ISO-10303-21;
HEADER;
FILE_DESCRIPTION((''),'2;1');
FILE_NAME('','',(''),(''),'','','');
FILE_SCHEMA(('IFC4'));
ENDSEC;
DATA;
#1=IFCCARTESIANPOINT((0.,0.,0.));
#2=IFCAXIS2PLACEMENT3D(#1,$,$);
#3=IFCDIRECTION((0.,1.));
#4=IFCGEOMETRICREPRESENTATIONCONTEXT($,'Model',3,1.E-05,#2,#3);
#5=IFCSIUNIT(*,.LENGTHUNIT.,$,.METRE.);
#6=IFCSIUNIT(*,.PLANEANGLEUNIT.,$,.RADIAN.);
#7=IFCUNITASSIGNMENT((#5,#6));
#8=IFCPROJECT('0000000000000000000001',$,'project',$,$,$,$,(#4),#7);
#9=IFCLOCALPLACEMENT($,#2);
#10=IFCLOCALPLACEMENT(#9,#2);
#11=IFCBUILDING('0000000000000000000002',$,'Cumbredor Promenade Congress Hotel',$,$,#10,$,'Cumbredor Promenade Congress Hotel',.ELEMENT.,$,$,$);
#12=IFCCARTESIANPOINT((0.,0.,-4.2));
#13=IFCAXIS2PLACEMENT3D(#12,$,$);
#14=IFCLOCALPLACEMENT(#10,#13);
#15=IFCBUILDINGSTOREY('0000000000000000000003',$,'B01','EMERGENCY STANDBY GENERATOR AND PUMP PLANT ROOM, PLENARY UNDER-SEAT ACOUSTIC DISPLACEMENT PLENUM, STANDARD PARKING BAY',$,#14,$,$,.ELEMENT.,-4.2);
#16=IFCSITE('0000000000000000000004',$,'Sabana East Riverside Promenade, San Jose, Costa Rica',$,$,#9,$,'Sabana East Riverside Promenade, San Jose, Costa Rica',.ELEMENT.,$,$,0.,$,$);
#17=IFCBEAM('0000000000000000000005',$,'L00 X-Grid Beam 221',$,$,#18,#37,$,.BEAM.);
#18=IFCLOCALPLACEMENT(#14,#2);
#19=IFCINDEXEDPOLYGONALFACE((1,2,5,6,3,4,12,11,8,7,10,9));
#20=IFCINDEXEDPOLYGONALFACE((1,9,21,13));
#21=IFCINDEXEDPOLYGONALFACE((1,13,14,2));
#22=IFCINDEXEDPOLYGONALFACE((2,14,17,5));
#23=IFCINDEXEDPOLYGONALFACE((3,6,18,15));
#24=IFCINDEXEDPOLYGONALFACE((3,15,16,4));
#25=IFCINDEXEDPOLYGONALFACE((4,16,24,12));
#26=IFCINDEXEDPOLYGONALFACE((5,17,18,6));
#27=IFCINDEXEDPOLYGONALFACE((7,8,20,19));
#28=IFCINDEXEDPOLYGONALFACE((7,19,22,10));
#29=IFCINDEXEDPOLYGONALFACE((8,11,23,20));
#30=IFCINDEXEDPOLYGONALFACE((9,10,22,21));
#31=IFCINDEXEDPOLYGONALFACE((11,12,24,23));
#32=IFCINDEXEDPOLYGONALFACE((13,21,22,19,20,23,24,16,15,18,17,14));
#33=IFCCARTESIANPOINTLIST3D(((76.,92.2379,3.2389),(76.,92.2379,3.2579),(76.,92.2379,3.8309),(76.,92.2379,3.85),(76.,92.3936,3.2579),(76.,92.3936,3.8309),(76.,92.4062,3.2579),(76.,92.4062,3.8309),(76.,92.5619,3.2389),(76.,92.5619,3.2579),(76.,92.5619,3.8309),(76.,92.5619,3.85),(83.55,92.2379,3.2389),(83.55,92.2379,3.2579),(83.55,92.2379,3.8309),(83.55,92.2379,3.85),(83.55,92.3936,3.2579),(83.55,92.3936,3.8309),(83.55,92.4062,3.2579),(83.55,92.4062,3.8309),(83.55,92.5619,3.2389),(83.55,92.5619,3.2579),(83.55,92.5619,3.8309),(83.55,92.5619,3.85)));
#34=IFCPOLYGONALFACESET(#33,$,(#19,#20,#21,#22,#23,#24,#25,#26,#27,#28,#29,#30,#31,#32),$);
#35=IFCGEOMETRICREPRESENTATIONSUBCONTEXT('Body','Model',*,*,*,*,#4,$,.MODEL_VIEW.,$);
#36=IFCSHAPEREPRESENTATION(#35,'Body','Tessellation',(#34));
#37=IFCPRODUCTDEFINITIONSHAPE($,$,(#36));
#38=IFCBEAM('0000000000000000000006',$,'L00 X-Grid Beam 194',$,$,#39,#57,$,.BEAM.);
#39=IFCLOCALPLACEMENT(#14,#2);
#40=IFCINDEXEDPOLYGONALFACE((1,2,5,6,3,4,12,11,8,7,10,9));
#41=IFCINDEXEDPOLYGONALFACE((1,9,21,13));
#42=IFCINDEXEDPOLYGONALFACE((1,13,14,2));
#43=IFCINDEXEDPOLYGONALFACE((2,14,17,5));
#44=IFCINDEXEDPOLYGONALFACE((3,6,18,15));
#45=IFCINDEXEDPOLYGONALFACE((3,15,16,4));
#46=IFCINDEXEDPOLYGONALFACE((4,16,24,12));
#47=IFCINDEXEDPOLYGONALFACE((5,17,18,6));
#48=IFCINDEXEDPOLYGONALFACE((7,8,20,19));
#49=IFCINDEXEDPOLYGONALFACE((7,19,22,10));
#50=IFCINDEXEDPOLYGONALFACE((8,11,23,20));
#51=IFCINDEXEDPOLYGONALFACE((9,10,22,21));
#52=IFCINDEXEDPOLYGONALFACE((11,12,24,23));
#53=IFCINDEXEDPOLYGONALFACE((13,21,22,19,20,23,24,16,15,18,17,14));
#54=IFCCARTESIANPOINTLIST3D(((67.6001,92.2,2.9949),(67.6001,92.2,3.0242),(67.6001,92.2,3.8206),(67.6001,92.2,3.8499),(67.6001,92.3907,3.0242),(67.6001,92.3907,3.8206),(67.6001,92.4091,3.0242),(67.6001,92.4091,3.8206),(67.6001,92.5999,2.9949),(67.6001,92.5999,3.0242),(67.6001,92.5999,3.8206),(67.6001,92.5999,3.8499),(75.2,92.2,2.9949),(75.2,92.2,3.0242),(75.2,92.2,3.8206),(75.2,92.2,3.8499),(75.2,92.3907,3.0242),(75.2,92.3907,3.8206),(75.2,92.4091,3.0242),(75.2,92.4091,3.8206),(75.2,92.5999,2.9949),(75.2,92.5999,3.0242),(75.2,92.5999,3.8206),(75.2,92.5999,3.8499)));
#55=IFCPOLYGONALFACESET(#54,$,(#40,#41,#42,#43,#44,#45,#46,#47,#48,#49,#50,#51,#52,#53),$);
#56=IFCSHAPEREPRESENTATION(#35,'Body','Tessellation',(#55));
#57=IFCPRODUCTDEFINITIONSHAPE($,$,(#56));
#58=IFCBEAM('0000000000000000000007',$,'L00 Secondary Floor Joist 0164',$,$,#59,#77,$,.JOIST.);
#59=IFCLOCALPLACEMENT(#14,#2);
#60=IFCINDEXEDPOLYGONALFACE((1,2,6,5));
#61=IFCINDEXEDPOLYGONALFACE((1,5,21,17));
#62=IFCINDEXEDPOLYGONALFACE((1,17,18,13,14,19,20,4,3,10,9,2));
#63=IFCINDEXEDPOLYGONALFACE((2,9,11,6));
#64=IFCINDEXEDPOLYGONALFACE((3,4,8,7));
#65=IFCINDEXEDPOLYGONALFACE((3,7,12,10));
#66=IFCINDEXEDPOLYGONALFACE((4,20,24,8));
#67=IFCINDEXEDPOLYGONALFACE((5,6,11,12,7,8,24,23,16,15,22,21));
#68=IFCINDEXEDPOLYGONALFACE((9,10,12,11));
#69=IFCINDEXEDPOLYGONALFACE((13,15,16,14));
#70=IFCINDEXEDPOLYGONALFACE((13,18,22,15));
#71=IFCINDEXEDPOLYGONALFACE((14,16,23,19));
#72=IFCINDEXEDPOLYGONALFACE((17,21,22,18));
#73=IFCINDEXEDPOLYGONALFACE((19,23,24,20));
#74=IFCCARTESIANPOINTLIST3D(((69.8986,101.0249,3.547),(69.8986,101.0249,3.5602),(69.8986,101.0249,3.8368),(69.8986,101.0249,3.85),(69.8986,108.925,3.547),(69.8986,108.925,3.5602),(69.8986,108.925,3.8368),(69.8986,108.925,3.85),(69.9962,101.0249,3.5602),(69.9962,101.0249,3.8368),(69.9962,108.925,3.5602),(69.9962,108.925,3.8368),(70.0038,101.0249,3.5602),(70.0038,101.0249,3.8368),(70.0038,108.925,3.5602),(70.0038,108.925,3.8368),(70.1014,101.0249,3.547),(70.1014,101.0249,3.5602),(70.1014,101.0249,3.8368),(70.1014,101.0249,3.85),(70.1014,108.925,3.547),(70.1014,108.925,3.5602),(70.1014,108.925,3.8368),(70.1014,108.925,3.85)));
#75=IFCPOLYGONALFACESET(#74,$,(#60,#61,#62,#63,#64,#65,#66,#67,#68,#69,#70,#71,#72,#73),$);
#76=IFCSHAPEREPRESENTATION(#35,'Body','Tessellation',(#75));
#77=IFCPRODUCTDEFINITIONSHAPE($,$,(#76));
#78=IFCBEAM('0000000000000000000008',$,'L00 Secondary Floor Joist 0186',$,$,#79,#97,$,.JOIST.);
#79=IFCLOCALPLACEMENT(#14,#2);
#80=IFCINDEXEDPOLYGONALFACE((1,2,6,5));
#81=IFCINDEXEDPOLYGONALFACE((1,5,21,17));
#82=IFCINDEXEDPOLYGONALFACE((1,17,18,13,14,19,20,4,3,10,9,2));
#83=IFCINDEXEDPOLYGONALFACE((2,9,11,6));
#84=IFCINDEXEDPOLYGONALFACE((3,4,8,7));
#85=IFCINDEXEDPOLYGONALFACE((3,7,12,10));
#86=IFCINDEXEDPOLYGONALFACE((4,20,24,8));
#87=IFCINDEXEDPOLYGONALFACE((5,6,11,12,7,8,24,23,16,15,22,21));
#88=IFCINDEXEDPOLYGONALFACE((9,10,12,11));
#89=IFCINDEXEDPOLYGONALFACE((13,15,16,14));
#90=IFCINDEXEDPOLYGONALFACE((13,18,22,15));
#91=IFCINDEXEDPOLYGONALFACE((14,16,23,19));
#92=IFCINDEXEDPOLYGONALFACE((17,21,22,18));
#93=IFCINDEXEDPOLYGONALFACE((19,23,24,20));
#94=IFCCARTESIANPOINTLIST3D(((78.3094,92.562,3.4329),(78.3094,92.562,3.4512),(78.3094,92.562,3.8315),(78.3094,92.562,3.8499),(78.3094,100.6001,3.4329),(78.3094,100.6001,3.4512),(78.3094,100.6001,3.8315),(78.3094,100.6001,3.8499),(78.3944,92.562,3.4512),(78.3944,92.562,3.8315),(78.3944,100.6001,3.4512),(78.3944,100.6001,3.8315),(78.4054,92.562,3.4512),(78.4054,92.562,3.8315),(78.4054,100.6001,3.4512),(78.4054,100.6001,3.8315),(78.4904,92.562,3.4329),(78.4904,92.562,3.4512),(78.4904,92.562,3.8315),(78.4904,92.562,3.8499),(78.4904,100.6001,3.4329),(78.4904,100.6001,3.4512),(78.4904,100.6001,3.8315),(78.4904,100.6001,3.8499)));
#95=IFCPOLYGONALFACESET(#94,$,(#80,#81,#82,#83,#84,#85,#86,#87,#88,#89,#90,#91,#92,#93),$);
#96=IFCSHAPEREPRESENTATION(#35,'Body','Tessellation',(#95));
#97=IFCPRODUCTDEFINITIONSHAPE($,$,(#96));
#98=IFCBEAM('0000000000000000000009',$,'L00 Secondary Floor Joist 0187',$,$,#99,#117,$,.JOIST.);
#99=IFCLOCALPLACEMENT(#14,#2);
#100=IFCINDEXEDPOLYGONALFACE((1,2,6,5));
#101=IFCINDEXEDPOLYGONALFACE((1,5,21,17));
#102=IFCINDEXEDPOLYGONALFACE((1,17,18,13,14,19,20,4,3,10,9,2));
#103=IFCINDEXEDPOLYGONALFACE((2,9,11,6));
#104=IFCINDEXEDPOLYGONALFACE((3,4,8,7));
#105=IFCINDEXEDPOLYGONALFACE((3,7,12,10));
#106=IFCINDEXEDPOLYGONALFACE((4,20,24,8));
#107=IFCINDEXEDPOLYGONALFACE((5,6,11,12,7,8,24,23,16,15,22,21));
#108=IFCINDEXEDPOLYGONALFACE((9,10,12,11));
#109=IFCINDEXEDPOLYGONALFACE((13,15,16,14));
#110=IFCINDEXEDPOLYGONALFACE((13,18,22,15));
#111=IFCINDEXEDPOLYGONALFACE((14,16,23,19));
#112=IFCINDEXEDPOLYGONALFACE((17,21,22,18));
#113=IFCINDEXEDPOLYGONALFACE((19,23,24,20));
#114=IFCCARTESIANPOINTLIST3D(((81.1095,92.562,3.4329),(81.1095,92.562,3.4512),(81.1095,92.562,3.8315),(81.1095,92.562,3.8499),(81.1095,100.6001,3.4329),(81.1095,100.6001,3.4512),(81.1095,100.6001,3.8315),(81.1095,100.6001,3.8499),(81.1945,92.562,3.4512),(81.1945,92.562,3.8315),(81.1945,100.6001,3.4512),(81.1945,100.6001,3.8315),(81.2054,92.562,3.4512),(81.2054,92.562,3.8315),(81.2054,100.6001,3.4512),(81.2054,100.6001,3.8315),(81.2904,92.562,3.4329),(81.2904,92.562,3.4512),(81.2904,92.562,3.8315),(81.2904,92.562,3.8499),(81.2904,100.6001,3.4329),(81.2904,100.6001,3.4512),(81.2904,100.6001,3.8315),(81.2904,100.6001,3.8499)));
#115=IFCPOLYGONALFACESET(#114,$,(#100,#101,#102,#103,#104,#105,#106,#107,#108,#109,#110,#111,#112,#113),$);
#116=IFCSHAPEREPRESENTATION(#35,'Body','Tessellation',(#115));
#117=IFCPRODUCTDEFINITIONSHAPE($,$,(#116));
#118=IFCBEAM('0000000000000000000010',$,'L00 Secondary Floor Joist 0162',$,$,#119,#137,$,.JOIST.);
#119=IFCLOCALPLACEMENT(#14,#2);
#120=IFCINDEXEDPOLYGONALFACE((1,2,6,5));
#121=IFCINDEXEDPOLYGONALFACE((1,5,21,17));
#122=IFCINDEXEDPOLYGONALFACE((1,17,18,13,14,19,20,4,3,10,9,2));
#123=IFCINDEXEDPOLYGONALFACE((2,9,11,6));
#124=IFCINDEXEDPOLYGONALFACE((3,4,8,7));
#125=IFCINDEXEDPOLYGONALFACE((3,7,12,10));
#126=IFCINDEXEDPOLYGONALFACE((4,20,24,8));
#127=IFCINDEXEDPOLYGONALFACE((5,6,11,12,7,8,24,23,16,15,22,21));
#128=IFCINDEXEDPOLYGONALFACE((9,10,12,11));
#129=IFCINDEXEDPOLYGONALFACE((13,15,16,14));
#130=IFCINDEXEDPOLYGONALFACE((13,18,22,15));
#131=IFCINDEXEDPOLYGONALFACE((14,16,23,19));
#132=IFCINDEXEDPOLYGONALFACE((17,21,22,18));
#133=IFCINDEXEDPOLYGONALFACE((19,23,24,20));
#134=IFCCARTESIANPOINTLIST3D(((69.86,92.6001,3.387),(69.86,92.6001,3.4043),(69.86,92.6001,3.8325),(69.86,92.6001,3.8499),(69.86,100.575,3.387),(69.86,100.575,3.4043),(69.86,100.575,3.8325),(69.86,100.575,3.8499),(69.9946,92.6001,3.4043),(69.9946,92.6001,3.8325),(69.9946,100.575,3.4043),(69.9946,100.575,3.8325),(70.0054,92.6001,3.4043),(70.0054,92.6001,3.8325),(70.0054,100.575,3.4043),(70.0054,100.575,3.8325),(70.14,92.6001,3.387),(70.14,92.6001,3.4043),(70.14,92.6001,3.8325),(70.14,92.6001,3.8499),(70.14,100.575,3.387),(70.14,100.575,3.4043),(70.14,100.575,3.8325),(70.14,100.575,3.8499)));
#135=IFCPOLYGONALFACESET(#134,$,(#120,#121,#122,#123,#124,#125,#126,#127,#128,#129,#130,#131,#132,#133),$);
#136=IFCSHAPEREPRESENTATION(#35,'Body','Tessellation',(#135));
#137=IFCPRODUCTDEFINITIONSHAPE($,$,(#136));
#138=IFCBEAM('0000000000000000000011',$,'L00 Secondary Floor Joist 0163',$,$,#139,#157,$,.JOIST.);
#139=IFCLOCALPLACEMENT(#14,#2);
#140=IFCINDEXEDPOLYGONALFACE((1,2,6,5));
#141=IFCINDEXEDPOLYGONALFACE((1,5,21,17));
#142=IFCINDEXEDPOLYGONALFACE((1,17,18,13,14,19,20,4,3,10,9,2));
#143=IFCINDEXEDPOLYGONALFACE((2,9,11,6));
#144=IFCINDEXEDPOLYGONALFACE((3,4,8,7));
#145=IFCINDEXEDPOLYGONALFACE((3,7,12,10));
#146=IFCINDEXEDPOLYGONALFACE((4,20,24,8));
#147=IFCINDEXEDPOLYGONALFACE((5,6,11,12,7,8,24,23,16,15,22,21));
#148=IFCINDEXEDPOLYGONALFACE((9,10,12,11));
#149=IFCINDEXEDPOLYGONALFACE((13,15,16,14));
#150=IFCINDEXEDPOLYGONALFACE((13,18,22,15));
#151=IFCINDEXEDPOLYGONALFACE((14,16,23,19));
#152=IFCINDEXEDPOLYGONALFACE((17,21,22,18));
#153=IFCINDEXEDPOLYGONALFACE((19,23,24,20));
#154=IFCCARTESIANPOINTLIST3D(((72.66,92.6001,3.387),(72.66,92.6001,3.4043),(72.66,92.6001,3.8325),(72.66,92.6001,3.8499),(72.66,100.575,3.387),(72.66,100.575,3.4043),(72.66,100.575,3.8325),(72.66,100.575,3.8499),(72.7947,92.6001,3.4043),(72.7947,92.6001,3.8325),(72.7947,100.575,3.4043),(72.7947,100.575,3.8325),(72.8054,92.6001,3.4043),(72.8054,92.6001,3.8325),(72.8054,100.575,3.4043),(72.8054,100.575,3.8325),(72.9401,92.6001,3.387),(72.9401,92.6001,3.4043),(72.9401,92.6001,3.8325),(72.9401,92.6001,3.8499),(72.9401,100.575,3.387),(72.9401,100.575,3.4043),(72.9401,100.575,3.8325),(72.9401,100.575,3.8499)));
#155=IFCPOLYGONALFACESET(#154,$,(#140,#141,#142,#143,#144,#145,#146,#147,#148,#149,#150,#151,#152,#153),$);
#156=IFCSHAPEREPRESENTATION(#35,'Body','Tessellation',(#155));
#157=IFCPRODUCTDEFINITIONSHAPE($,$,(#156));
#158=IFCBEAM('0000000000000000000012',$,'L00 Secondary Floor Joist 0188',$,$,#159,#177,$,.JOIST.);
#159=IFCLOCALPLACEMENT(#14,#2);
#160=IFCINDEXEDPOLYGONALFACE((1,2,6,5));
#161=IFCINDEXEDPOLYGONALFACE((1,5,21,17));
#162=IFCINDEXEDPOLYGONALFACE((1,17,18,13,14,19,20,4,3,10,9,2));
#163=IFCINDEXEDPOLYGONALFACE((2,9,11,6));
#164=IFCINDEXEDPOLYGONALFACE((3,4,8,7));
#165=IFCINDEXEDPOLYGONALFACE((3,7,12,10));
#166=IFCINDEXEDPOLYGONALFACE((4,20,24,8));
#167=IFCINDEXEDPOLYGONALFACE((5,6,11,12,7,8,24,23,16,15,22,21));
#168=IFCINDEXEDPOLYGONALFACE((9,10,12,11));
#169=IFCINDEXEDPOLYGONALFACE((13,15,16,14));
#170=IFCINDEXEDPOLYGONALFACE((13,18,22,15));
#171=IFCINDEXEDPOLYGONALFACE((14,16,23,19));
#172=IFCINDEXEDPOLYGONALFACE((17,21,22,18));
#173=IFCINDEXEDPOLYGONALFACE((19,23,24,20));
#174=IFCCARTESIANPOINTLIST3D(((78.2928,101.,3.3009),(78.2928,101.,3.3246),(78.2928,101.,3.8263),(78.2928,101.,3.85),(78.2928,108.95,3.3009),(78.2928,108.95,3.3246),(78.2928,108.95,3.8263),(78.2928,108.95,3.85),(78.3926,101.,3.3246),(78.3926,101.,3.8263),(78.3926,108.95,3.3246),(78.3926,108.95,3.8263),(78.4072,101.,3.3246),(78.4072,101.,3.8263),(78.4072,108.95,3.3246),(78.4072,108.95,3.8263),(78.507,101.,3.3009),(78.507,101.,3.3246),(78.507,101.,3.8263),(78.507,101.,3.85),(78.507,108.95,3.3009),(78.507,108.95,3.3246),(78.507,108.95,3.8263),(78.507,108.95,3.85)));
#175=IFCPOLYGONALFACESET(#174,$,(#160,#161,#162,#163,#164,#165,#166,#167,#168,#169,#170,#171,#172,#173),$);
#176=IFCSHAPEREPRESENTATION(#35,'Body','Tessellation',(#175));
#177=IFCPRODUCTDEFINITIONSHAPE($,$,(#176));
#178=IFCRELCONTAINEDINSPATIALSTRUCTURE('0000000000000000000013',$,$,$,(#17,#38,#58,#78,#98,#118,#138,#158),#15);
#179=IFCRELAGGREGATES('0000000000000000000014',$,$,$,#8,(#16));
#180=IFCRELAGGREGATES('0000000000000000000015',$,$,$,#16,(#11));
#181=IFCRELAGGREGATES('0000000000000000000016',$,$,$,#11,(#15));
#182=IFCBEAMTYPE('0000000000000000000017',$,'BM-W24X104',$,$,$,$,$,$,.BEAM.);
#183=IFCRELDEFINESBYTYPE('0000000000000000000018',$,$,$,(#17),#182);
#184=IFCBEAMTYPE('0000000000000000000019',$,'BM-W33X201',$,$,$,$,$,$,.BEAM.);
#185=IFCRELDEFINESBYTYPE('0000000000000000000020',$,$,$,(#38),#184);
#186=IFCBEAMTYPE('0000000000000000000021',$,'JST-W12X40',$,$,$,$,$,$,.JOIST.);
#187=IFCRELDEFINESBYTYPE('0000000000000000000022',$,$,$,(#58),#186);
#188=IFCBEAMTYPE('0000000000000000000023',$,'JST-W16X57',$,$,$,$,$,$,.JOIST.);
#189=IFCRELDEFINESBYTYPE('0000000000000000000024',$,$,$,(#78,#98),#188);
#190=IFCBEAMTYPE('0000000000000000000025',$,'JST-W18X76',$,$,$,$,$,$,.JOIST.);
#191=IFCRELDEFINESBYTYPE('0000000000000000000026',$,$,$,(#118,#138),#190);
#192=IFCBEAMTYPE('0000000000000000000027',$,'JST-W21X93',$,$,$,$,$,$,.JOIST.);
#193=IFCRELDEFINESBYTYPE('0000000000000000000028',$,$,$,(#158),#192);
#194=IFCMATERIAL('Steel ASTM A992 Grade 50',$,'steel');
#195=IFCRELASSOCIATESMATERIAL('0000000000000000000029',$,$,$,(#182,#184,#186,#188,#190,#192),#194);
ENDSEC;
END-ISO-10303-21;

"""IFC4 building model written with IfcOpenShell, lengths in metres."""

from ifc_helpers import new_model, si_unit, direction, frame, origin, origin_2d, place, context, subcontext, project, spatial, i_section, extrude, material, material_profile, profile_set, type_object, element, save


model = new_model("IFC4")

# Units and contexts
model_context = context("Model", 3, precision=1e-05, world=origin(), true_north=direction((0.0, 1.0)))
body_context = subcontext(model_context, "Body", "Model", "MODEL_VIEW")
ifc_project = project(units=[si_unit("LENGTHUNIT", "METRE"), si_unit("PLANEANGLEUNIT", "RADIAN")], contexts=[model_context])

# Site, building, storey
site_placement = place(None, origin())
site = spatial("IfcSite", under=ifc_project, at=site_placement, Name="Sabana East Riverside Promenade, San Jose, Costa Rica", LongName="Sabana East Riverside Promenade, San Jose, Costa Rica", CompositionType="ELEMENT", RefElevation=0.0)
building_placement = place(site_placement, origin())
building = spatial("IfcBuilding", under=site, at=building_placement, Name="Cumbredor Promenade Congress Hotel", LongName="Cumbredor Promenade Congress Hotel", CompositionType="ELEMENT")
storey_placement = place(building_placement, frame((0.0, 0.0, -4.2)))
storey = spatial("IfcBuildingStorey", under=building, at=storey_placement, Name="B01", Description="EMERGENCY STANDBY GENERATOR AND PUMP PLANT ROOM, PLENARY UNDER-SEAT ACOUSTIC DISPLACEMENT PLENUM, STANDARD PARKING BAY", CompositionType="ELEMENT", Elevation=-4.2)

# Beams
ifc_material_1 = material(Name="Steel ASTM A992 Grade 50", Category="steel")
ifc_material_profile_1 = material_profile(ifc_material_1, i_section(OverallWidth=0.324, OverallDepth=0.6111, WebThickness=0.0127, FlangeThickness=0.019, at=origin_2d()), Name="W24X104")
ifc_profile_set_1 = profile_set([ifc_material_profile_1], Name="Steel ASTM A992 Grade 50")
beam_type_1 = type_object("IfcBeamType", Name="BM-W24X104", PredefinedType="BEAM", material=ifc_profile_set_1)
beam_1_placement = place(storey_placement, frame((76.0, 92.3999, 3.5444), z_axis=(1.0, 0.0, 0.0), x_axis=(0.0, 1.0, 0.0)))
element("IfcBeam", 1, at=beam_1_placement, inside=storey, type_object=beam_type_1, Name="L00 X-Grid Beam 221", PredefinedType="BEAM", context=body_context, shape_type="SweptSolid", body=[
    extrude(i_section(OverallWidth=0.324, OverallDepth=0.6111, WebThickness=0.0127, FlangeThickness=0.019, at=origin_2d()), origin(), (0.0, 0.0, 1.0), 7.55),
])
ifc_material_profile_2 = material_profile(ifc_material_1, i_section(OverallWidth=0.3999, OverallDepth=0.855, WebThickness=0.0183, FlangeThickness=0.0293, at=origin_2d()), Name="W33X201")
ifc_profile_set_2 = profile_set([ifc_material_profile_2], Name="Steel ASTM A992 Grade 50")
beam_type_2 = type_object("IfcBeamType", Name="BM-W33X201", PredefinedType="BEAM", material=ifc_profile_set_2)
beam_2_placement = place(storey_placement, frame((67.6001, 92.3999, 3.4224), z_axis=(1.0, 0.0, 0.0), x_axis=(0.0, 1.0, 0.0)))
element("IfcBeam", 2, at=beam_2_placement, inside=storey, type_object=beam_type_2, Name="L00 X-Grid Beam 194", PredefinedType="BEAM", context=body_context, shape_type="SweptSolid", body=[
    extrude(i_section(OverallWidth=0.3999, OverallDepth=0.855, WebThickness=0.0183, FlangeThickness=0.0293, at=origin_2d()), origin(), (0.0, 0.0, 1.0), 7.5999),
])
ifc_material_profile_3 = material_profile(ifc_material_1, i_section(OverallWidth=0.2029, OverallDepth=0.303, WebThickness=0.0076, FlangeThickness=0.0132, at=origin_2d()), Name="W12X40")
ifc_profile_set_3 = profile_set([ifc_material_profile_3], Name="Steel ASTM A992 Grade 50")
beam_type_3 = type_object("IfcBeamType", Name="JST-W12X40", PredefinedType="JOIST", material=ifc_profile_set_3)
beam_3_placement = place(storey_placement, frame((70.0, 101.0249, 3.6985), z_axis=(0.0, 1.0, 0.0), x_axis=(-1.0, 0.0, 0.0)))
element("IfcBeam", 3, at=beam_3_placement, inside=storey, type_object=beam_type_3, Name="L00 Secondary Floor Joist 0164", PredefinedType="JOIST", context=body_context, shape_type="SweptSolid", body=[
    extrude(i_section(OverallWidth=0.2029, OverallDepth=0.303, WebThickness=0.0076, FlangeThickness=0.0132, at=origin_2d()), origin(), (0.0, 0.0, 1.0), 7.9001),
])
ifc_material_profile_4 = material_profile(ifc_material_1, i_section(OverallWidth=0.1809, OverallDepth=0.417, WebThickness=0.011, FlangeThickness=0.0183, at=origin_2d()), Name="W16X57")
ifc_profile_set_4 = profile_set([ifc_material_profile_4], Name="Steel ASTM A992 Grade 50")
beam_type_4 = type_object("IfcBeamType", Name="JST-W16X57", PredefinedType="JOIST", material=ifc_profile_set_4)
for number, where, z_axis, x_axis, name in (
    (4, (78.3999, 92.562, 3.6414), (0.0, 1.0, 0.0), (-1.0, 0.0, 0.0), "L00 Secondary Floor Joist 0186"),
    (5, (81.2, 92.562, 3.6414), (0.0, 1.0, 0.0), (-1.0, 0.0, 0.0), "L00 Secondary Floor Joist 0187"),
):
    element("IfcBeam", number, at=place(storey_placement, frame(where, z_axis=z_axis, x_axis=x_axis)), inside=storey, type_object=beam_type_4, Name=name, PredefinedType="JOIST", context=body_context, shape_type="SweptSolid", body=[
        extrude(i_section(OverallWidth=0.1809, OverallDepth=0.417, WebThickness=0.011, FlangeThickness=0.0183, at=origin_2d()), origin(), (0.0, 0.0, 1.0), 8.0381),
    ])
ifc_material_profile_5 = material_profile(ifc_material_1, i_section(OverallWidth=0.28, OverallDepth=0.4629, WebThickness=0.0107, FlangeThickness=0.0173, at=origin_2d()), Name="W18X76")
ifc_profile_set_5 = profile_set([ifc_material_profile_5], Name="Steel ASTM A992 Grade 50")
beam_type_5 = type_object("IfcBeamType", Name="JST-W18X76", PredefinedType="JOIST", material=ifc_profile_set_5)
for number, where, z_axis, x_axis, name in (
    (6, (70.0, 92.6001, 3.6184), (0.0, 1.0, 0.0), (-1.0, 0.0, 0.0), "L00 Secondary Floor Joist 0162"),
    (7, (72.8, 92.6001, 3.6184), (0.0, 1.0, 0.0), (-1.0, 0.0, 0.0), "L00 Secondary Floor Joist 0163"),
):
    element("IfcBeam", number, at=place(storey_placement, frame(where, z_axis=z_axis, x_axis=x_axis)), inside=storey, type_object=beam_type_5, Name=name, PredefinedType="JOIST", context=body_context, shape_type="SweptSolid", body=[
        extrude(i_section(OverallWidth=0.28, OverallDepth=0.4629, WebThickness=0.0107, FlangeThickness=0.0173, at=origin_2d()), origin(), (0.0, 0.0, 1.0), 7.9749),
    ])
ifc_material_profile_6 = material_profile(ifc_material_1, i_section(OverallWidth=0.2141, OverallDepth=0.5491, WebThickness=0.0146, FlangeThickness=0.0237, at=origin_2d()), Name="W21X93")
ifc_profile_set_6 = profile_set([ifc_material_profile_6], Name="Steel ASTM A992 Grade 50")
beam_type_6 = type_object("IfcBeamType", Name="JST-W21X93", PredefinedType="JOIST", material=ifc_profile_set_6)
for number, where, z_axis, x_axis, name in (
    (8, (78.3999, 101.0, 3.5754), (0.0, 1.0, 0.0), (-1.0, 0.0, 0.0), "L00 Secondary Floor Joist 0188"),
):
    element("IfcBeam", number, at=place(storey_placement, frame(where, z_axis=z_axis, x_axis=x_axis)), inside=storey, type_object=beam_type_6, Name=name, PredefinedType="JOIST", context=body_context, shape_type="SweptSolid", body=[
        extrude(i_section(OverallWidth=0.2141, OverallDepth=0.5491, WebThickness=0.0146, FlangeThickness=0.0237, at=origin_2d()), origin(), (0.0, 0.0, 1.0), 7.95),
    ])

save(model, "model.ifc")
